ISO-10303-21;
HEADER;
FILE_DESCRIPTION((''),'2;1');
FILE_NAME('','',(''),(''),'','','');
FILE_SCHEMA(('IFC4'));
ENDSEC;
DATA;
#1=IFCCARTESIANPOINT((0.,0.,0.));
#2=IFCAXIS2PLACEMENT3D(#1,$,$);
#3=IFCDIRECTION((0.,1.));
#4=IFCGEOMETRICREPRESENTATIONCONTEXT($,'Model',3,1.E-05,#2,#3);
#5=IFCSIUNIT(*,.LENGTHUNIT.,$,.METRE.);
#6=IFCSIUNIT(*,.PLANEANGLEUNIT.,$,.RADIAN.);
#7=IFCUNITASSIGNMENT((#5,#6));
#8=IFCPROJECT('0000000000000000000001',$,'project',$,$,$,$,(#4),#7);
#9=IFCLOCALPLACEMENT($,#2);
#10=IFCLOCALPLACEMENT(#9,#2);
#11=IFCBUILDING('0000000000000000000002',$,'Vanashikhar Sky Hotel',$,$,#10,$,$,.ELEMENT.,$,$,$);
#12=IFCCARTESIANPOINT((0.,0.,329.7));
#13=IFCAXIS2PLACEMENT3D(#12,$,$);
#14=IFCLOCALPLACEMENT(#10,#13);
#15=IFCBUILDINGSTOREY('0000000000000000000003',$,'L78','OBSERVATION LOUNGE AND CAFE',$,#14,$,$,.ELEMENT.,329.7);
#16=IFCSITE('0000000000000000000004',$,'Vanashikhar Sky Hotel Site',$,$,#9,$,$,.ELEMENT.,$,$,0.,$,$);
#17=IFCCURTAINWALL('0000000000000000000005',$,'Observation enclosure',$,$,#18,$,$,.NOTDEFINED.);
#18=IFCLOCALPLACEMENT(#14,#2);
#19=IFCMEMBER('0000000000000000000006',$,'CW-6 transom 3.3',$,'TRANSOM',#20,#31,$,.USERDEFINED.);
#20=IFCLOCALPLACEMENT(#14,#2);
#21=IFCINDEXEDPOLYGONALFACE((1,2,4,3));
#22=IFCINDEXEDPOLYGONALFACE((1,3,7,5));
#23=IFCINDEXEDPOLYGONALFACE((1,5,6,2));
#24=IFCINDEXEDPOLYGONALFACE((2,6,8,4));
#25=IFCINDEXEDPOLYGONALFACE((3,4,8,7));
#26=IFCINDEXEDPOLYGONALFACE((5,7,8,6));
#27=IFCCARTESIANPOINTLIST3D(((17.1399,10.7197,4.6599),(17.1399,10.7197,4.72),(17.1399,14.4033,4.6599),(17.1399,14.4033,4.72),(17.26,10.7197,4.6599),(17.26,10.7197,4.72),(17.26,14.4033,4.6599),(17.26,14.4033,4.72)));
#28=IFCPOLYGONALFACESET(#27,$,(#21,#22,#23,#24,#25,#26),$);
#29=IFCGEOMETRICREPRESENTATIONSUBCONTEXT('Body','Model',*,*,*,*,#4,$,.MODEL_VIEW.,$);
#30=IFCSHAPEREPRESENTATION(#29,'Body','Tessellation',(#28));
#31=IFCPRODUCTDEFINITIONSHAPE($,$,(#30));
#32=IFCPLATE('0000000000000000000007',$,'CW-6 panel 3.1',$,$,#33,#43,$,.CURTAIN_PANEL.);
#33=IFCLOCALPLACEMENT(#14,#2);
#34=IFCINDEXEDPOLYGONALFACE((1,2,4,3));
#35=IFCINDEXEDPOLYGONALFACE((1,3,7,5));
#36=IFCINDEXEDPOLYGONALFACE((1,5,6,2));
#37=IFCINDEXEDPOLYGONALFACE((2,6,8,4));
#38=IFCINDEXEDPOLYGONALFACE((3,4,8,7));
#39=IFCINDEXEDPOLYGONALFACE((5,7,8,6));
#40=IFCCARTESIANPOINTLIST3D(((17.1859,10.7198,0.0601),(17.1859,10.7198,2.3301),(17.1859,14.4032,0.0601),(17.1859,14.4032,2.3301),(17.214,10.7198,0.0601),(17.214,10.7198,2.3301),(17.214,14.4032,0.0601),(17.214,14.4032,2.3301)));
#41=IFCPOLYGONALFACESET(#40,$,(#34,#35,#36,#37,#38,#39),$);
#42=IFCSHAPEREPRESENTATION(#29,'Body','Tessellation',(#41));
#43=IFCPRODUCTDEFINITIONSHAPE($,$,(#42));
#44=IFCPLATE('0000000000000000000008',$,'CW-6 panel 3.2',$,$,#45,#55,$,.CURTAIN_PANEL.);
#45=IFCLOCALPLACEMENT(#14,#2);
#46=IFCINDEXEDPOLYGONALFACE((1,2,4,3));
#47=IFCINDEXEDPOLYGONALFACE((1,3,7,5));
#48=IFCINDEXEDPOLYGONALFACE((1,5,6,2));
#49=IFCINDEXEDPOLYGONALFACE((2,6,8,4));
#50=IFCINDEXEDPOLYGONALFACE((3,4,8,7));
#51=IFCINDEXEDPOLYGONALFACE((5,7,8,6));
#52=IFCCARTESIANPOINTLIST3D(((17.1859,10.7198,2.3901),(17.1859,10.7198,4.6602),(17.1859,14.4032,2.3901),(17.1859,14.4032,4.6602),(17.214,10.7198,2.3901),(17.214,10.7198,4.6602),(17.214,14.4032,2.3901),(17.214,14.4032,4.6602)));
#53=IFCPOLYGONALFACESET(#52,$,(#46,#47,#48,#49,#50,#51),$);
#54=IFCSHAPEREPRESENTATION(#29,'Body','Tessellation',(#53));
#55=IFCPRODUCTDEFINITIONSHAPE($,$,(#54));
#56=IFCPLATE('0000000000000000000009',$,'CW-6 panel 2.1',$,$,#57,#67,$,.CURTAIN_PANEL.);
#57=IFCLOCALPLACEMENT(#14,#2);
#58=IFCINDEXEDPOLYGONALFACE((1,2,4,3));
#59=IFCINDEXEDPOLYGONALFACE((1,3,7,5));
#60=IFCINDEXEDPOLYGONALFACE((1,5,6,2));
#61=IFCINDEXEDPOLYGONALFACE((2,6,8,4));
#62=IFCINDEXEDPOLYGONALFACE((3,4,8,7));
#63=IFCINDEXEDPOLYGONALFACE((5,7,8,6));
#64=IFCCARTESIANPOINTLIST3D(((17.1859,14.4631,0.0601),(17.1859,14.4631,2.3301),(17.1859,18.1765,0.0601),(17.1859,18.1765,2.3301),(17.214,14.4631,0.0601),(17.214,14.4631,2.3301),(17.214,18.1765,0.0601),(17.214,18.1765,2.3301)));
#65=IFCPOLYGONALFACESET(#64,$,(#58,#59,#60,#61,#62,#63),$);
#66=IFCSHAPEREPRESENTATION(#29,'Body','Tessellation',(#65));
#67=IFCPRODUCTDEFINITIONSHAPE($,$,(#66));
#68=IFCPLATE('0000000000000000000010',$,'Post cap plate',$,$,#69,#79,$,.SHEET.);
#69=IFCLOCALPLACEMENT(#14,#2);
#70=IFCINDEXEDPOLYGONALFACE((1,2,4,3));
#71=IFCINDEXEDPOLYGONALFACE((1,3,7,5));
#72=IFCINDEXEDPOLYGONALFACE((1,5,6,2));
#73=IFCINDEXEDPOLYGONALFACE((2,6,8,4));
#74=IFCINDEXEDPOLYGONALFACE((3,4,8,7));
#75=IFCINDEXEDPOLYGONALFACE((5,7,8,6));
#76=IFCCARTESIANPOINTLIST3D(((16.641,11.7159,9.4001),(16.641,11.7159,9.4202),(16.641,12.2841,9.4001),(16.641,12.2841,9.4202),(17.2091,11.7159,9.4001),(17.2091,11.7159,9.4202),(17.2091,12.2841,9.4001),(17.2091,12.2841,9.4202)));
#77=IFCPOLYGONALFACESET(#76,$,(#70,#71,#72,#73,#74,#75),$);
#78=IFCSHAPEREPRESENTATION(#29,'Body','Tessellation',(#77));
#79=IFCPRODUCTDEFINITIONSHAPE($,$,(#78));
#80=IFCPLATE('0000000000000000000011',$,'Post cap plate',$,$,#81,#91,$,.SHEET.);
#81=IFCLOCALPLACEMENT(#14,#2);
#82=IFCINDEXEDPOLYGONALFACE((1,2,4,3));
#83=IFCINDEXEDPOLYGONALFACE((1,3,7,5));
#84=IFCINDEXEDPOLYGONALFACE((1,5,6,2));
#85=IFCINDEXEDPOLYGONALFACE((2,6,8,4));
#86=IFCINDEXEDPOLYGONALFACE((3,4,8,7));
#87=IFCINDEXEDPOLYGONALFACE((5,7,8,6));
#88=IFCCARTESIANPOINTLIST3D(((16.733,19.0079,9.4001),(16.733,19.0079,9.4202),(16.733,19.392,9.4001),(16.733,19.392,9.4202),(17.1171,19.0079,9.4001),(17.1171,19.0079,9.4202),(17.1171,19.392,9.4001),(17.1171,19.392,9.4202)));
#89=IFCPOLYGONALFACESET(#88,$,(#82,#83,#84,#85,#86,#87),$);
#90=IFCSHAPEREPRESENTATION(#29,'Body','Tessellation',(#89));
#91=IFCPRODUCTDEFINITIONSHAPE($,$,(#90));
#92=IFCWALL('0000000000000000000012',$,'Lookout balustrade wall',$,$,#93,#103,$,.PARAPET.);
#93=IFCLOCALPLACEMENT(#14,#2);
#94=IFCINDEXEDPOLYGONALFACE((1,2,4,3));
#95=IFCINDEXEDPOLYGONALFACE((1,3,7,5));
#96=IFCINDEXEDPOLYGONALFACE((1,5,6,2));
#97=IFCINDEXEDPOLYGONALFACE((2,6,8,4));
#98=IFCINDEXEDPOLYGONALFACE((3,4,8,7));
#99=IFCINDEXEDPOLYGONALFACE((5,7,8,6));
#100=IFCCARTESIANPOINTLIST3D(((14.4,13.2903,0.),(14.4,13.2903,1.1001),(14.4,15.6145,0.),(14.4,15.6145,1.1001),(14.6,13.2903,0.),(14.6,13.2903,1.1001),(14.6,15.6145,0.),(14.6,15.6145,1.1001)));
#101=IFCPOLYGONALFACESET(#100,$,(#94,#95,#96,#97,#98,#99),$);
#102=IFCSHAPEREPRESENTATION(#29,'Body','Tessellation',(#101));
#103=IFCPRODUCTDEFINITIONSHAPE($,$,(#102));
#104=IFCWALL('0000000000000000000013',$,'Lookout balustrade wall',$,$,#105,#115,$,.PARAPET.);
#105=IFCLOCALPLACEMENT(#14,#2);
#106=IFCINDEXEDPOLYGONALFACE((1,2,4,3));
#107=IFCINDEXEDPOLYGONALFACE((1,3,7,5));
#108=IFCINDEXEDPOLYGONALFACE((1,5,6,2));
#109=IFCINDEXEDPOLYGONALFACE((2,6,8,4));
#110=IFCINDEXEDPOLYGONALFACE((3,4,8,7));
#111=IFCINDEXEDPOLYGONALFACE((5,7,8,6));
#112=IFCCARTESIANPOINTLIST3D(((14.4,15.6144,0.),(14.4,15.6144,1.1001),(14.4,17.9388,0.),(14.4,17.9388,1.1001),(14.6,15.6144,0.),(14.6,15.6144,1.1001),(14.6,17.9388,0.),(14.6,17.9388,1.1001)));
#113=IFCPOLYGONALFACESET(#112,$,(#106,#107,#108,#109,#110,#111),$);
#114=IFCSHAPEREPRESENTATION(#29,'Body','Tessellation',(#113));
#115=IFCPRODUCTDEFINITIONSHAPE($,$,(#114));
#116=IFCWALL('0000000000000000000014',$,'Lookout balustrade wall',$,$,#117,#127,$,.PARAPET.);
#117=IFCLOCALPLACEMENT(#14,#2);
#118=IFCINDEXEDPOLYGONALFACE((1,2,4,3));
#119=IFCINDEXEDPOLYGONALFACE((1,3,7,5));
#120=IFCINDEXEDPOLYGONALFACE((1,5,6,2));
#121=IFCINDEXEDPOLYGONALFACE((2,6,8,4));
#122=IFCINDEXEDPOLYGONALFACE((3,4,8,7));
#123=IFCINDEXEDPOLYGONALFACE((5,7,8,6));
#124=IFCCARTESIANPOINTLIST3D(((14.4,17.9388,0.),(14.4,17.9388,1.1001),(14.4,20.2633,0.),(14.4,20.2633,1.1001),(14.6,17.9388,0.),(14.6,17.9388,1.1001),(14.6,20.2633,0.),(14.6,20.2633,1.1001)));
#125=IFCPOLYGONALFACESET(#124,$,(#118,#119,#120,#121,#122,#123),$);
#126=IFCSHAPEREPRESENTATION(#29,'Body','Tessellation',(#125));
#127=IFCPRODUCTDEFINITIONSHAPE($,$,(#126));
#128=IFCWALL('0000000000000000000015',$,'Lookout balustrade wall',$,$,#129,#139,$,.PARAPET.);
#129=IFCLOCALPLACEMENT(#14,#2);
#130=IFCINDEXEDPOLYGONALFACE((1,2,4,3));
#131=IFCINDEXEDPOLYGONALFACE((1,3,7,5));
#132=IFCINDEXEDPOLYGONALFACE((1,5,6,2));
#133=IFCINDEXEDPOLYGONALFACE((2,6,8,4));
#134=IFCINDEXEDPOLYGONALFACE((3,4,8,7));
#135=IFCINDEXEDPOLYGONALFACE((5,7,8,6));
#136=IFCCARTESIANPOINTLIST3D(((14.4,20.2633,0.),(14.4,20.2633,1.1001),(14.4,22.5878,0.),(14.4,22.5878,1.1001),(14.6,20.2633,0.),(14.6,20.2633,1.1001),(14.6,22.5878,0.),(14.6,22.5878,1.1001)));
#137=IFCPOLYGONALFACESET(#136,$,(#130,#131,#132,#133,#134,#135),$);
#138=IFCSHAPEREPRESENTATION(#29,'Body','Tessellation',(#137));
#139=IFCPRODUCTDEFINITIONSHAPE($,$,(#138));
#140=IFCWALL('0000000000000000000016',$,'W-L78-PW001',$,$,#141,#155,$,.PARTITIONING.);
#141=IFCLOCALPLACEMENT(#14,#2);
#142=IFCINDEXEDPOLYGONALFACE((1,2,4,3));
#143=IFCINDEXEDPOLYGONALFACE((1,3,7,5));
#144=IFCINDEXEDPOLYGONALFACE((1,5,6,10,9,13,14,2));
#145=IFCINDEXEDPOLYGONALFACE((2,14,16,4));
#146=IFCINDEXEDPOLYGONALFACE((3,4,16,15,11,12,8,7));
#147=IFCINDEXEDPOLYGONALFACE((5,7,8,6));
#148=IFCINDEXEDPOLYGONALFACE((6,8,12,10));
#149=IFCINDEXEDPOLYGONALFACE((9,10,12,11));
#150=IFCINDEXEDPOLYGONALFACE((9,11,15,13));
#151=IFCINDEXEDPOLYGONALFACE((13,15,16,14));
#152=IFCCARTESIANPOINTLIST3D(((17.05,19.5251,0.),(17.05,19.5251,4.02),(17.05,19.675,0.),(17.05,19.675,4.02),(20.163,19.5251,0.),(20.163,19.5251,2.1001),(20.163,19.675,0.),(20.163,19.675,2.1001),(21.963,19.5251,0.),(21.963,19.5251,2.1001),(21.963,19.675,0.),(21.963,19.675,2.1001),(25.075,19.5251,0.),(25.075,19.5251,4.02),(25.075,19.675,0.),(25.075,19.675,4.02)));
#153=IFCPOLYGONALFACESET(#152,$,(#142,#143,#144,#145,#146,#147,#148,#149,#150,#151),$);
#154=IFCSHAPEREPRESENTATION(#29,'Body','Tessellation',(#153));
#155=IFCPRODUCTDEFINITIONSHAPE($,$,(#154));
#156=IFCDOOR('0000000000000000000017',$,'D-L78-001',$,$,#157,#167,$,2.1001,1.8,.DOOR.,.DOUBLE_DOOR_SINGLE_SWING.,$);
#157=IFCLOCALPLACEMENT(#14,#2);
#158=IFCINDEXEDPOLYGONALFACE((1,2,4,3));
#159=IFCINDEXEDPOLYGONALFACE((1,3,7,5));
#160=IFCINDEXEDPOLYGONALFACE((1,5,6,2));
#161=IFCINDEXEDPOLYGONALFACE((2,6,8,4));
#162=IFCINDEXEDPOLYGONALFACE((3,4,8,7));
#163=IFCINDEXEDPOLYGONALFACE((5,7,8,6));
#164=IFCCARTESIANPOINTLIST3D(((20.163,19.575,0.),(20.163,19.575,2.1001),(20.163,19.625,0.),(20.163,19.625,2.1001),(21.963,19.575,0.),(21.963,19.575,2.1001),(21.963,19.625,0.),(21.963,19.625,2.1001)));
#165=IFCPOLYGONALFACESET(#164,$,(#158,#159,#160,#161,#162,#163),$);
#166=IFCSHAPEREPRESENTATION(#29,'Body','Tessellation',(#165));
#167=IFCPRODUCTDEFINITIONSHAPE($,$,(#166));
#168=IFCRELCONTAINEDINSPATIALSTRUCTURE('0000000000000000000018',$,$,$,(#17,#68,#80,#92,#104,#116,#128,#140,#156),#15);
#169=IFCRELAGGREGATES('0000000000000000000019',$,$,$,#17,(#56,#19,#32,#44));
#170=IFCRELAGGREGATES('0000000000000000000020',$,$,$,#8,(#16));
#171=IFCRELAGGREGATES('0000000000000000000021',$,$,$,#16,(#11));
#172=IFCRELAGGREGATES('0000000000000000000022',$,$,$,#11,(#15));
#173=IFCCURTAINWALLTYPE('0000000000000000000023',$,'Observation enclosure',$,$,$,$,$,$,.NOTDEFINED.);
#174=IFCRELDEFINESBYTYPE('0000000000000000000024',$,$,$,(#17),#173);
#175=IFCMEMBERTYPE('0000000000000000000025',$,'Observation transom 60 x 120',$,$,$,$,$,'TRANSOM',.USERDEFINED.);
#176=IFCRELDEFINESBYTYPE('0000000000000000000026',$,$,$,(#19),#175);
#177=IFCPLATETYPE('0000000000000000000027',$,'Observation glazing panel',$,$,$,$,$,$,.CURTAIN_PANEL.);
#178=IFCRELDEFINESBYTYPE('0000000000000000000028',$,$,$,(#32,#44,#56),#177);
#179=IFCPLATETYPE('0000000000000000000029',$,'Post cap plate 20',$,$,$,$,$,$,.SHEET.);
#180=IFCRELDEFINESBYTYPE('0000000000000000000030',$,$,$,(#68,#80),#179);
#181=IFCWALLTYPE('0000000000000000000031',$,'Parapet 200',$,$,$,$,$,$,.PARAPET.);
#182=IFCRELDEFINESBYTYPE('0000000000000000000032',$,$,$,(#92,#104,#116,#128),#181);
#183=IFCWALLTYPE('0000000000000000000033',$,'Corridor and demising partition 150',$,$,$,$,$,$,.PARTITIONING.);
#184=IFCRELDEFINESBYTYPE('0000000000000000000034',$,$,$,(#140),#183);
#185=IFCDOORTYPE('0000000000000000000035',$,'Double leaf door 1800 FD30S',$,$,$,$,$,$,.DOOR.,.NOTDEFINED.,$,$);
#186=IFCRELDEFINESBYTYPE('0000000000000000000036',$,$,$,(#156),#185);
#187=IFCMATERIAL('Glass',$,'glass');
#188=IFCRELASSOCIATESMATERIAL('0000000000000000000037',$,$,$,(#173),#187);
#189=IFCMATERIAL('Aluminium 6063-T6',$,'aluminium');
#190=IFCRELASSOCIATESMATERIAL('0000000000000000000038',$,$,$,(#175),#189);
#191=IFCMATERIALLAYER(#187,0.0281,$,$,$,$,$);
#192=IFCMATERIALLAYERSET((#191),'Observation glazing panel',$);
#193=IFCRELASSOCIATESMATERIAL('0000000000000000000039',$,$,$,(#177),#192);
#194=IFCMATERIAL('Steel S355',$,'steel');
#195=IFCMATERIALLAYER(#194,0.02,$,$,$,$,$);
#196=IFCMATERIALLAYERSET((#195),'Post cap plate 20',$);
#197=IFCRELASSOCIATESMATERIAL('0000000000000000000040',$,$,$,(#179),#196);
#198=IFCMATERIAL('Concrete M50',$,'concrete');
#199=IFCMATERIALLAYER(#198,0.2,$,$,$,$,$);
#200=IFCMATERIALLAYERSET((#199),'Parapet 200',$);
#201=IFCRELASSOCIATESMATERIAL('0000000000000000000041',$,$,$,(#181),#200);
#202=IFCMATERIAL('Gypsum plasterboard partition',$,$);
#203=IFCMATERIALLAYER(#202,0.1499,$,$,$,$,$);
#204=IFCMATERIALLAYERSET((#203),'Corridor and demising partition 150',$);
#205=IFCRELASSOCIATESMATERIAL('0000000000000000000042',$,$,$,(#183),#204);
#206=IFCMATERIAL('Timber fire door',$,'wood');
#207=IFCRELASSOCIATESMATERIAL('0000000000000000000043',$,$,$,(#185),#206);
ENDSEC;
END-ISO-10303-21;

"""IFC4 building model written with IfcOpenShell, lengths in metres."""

from ifc_helpers import new_model, si_unit, direction, frame, frame_2d, origin, origin_2d, place, context, subcontext, project, spatial, rectangle, extrude, source, transform, mapped, material, layer, layer_set, material_profile, profile_set, type_object, element, fill, aggregate, save


model = new_model("IFC4")

# Units and contexts
model_context = context("Model", 3, precision=1e-05, world=origin(), true_north=direction((0.0, 1.0)))
body_context = subcontext(model_context, "Body", "Model", "MODEL_VIEW")
ifc_project = project(units=[si_unit("LENGTHUNIT", "METRE"), si_unit("PLANEANGLEUNIT", "RADIAN")], contexts=[model_context])

# Site, building, storey
site_placement = place(None, origin())
site = spatial("IfcSite", under=ifc_project, at=site_placement, Name="Vanashikhar Sky Hotel Site", CompositionType="ELEMENT", RefElevation=0.0)
building_placement = place(site_placement, origin())
building = spatial("IfcBuilding", under=site, at=building_placement, Name="Vanashikhar Sky Hotel", CompositionType="ELEMENT")
storey_placement = place(building_placement, frame((0.0, 0.0, 329.7)))
storey = spatial("IfcBuildingStorey", under=building, at=storey_placement, Name="L78", Description="OBSERVATION LOUNGE AND CAFE", CompositionType="ELEMENT", Elevation=329.7)

# Shared definitions
ifc_material_1 = material(Name="Steel S355", Category="steel")

# Shared definitions
ifc_material_2 = material(Name="Concrete M50", Category="concrete")

# Curtain wall, member, plates
ifc_material_3 = material(Name="Glass", Category="glass")
curtain_wall_type = type_object("IfcCurtainWallType", Name="Observation enclosure", PredefinedType="NOTDEFINED", material=ifc_material_3)
curtain_wall_placement = place(storey_placement, origin())
curtain_wall = element("IfcCurtainWall", 1, at=curtain_wall_placement, inside=storey, type_object=curtain_wall_type, Name="Observation enclosure", PredefinedType="NOTDEFINED")
ifc_material_4 = material(Name="Aluminium 6063-T6", Category="aluminium")
ifc_material_profile_1 = material_profile(ifc_material_4, rectangle(XDim=0.1201, YDim=0.0601, at=origin_2d()))
ifc_profile_set_1 = profile_set([ifc_material_profile_1], Name="Aluminium 6063-T6")
member_type_1 = type_object("IfcMemberType", Name="Observation transom 60 x 120", ElementType="TRANSOM", PredefinedType="USERDEFINED", material=ifc_profile_set_1)
shared_shape_1 = source(origin(), body_context, "Body", "SweptSolid", [
    extrude(rectangle(XDim=0.1201, YDim=0.0601, at=origin_2d()), origin(), (0.0, 0.0, 1.0), 3.6836),
])
member_1_placement = place(storey_placement, frame((17.2, 14.4033, 4.6899), z_axis=(0.0, -1.0, 0.0), x_axis=(1.0, 0.0, 0.0)))
member_1 = element("IfcMember", 2, at=member_1_placement, type_object=member_type_1, Name="CW-6 transom 3.3", ObjectType="TRANSOM", PredefinedType="USERDEFINED", context=body_context, shape_type="MappedRepresentation", body=[
    mapped(shared_shape_1, transform((0.0, 0.0, 0.0), scale=1.0)),
])
ifc_layer_1 = layer(ifc_material_3, 0.0281)
ifc_layer_set_1 = layer_set([ifc_layer_1], Name="Observation glazing panel")
plate_type_1 = type_object("IfcPlateType", Name="Observation glazing panel", PredefinedType="CURTAIN_PANEL", material=ifc_layer_set_1)
shared_shape_2 = source(origin(), body_context, "Body", "SweptSolid", [
    extrude(rectangle(XDim=3.6833, YDim=0.0281, at=origin_2d()), origin(), (0.0, 0.0, 1.0), 2.27),
])
plate_1_placement = place(storey_placement, frame((17.2, 12.5615, 0.0601), z_axis=(0.0, 0.0, 1.0), x_axis=(0.0, -1.0, 0.0)))
plate_1 = element("IfcPlate", 3, at=plate_1_placement, type_object=plate_type_1, Name="CW-6 panel 3.1", PredefinedType="CURTAIN_PANEL", context=body_context, shape_type="MappedRepresentation", body=[
    mapped(shared_shape_2, transform((0.0, 0.0, 0.0), scale=1.0)),
])
plate_2_placement = place(storey_placement, frame((17.2, 12.5615, 2.3901), z_axis=(0.0, 0.0, 1.0), x_axis=(0.0, -1.0, 0.0)))
plate_2 = element("IfcPlate", 4, at=plate_2_placement, type_object=plate_type_1, Name="CW-6 panel 3.2", PredefinedType="CURTAIN_PANEL", context=body_context, shape_type="MappedRepresentation", body=[
    mapped(shared_shape_2, transform((0.0, 0.0, 0.0), scale=1.0)),
])
shared_shape_3 = source(origin(), body_context, "Body", "SweptSolid", [
    extrude(rectangle(XDim=3.7134, YDim=0.0281, at=origin_2d()), origin(), (0.0, 0.0, 1.0), 2.27),
])
plate_3_placement = place(storey_placement, frame((17.2, 16.3198, 0.0601), z_axis=(0.0, 0.0, 1.0), x_axis=(0.0, -1.0, 0.0)))
plate_3 = element("IfcPlate", 5, at=plate_3_placement, type_object=plate_type_1, Name="CW-6 panel 2.1", PredefinedType="CURTAIN_PANEL", context=body_context, shape_type="MappedRepresentation", body=[
    mapped(shared_shape_3, transform((0.0, 0.0, 0.0), scale=1.0)),
])
aggregate(curtain_wall, [plate_3, member_1, plate_1, plate_2])

# Plates
ifc_layer_2 = layer(ifc_material_1, 0.02)
ifc_layer_set_2 = layer_set([ifc_layer_2], Name="Post cap plate 20")
plate_type_2 = type_object("IfcPlateType", Name="Post cap plate 20", PredefinedType="SHEET", material=ifc_layer_set_2)
shared_shape_4 = source(origin(), body_context, "Body", "SweptSolid", [
    extrude(rectangle(XDim=0.5681, YDim=0.5681, at=origin_2d()), origin(), (0.0, 0.0, 1.0), 0.02),
])
plate_4_placement = place(storey_placement, frame((16.925, 12.0, 9.4001), z_axis=(0.0, 0.0, 1.0), x_axis=(1.0, 0.0, 0.0)))
element("IfcPlate", 6, at=plate_4_placement, inside=storey, type_object=plate_type_2, Name="Post cap plate", PredefinedType="SHEET", context=body_context, shape_type="MappedRepresentation", body=[
    mapped(shared_shape_4, transform((0.0, 0.0, 0.0), scale=1.0)),
])
shared_shape_5 = source(origin(), body_context, "Body", "SweptSolid", [
    extrude(rectangle(XDim=0.384, YDim=0.384, at=origin_2d()), origin(), (0.0, 0.0, 1.0), 0.02),
])
plate_5_placement = place(storey_placement, frame((16.925, 19.2, 9.4001), z_axis=(0.0, 0.0, 1.0), x_axis=(1.0, 0.0, 0.0)))
element("IfcPlate", 7, at=plate_5_placement, inside=storey, type_object=plate_type_2, Name="Post cap plate", PredefinedType="SHEET", context=body_context, shape_type="MappedRepresentation", body=[
    mapped(shared_shape_5, transform((0.0, 0.0, 0.0), scale=1.0)),
])

# Walls
ifc_layer_3 = layer(ifc_material_2, 0.2)
ifc_layer_set_3 = layer_set([ifc_layer_3], Name="Parapet 200")
wall_type_1 = type_object("IfcWallType", Name="Parapet 200", PredefinedType="PARAPET", material=ifc_layer_set_3)
shared_shape_6 = source(origin(), body_context, "Body", "SweptSolid", [
    extrude(rectangle(XDim=2.3242, YDim=0.2, at=frame_2d((1.1621, 0.0))), origin(), (0.0, 0.0, 1.0), 1.1001),
])
wall_1_placement = place(storey_placement, frame((14.5, 13.2903, 0.0), z_axis=(0.0, 0.0, 1.0), x_axis=(0.0, 1.0, 0.0)))
element("IfcWall", 8, at=wall_1_placement, inside=storey, type_object=wall_type_1, Name="Lookout balustrade wall", PredefinedType="PARAPET", context=body_context, shape_type="MappedRepresentation", body=[
    mapped(shared_shape_6, transform((0.0, 0.0, 0.0), scale=1.0)),
])
shared_shape_7 = source(origin(), body_context, "Body", "SweptSolid", [
    extrude(rectangle(XDim=2.3245, YDim=0.2, at=frame_2d((1.1621, 0.0))), origin(), (0.0, 0.0, 1.0), 1.1001),
])
for number, where, z_axis, x_axis, name in (
    (9, (14.5, 15.6145, 0.0), (0.0, 0.0, 1.0), (0.0, 1.0, 0.0), "Lookout balustrade wall"),
    (10, (14.5, 17.939, 0.0), (0.0, 0.0, 1.0), (0.0, 1.0, 0.0), "Lookout balustrade wall"),
    (11, (14.5, 20.2634, 0.0), (0.0, 0.0, 1.0), (0.0, 1.0, 0.0), "Lookout balustrade wall"),
):
    element("IfcWall", number, at=place(storey_placement, frame(where, z_axis=z_axis, x_axis=x_axis)), inside=storey, type_object=wall_type_1, Name=name, PredefinedType="PARAPET", context=body_context, shape_type="MappedRepresentation", body=[
        mapped(shared_shape_7, transform((0.0, 0.0, 0.0), scale=1.0)),
    ])

# Wall, opening, door
ifc_material_5 = material(Name="Gypsum plasterboard partition")
ifc_layer_4 = layer(ifc_material_5, 0.1499)
ifc_layer_set_4 = layer_set([ifc_layer_4], Name="Corridor and demising partition 150")
wall_type_2 = type_object("IfcWallType", Name="Corridor and demising partition 150", PredefinedType="PARTITIONING", material=ifc_layer_set_4)
shared_shape_8 = source(origin(), body_context, "Body", "SweptSolid", [
    extrude(rectangle(XDim=8.0249, YDim=0.1499, at=frame_2d((4.0125, 0.0))), origin(), (0.0, 0.0, 1.0), 4.02),
])
wall_2_placement = place(storey_placement, frame((17.05, 19.6001, 0.0), z_axis=(0.0, 0.0, 1.0), x_axis=(1.0, 0.0, 0.0)))
wall_2 = element("IfcWall", 12, at=wall_2_placement, inside=storey, type_object=wall_type_2, Name="W-L78-PW001", PredefinedType="PARTITIONING", context=body_context, shape_type="MappedRepresentation", body=[
    mapped(shared_shape_8, transform((0.0, 0.0, 0.0), scale=1.0)),
])
shared_shape_9 = source(origin(), body_context, "Body", "SweptSolid", [
    extrude(rectangle(XDim=1.8, YDim=2.1001, at=frame_2d((0.8999, 1.05))), frame((0.0, 0.085, 0.0), z_axis=(0.0, -1.0, 0.0), x_axis=(1.0, 0.0, 0.0)), (0.0, 0.0, 1.0), 0.1699),
])
opening_1_placement = place(wall_2_placement, frame((3.113, 0.0, 0.0)))
opening_1 = element("IfcOpeningElement", 13, at=opening_1_placement, cuts=wall_2, PredefinedType="OPENING", context=body_context, shape_type="MappedRepresentation", body=[
    mapped(shared_shape_9, transform((0.0, 0.0, 0.0), scale=1.0)),
])
ifc_material_6 = material(Name="Timber fire door", Category="wood")
door_type_1 = type_object("IfcDoorType", Name="Double leaf door 1800 FD30S", OperationType="NOTDEFINED", PredefinedType="DOOR", material=ifc_material_6)
shared_shape_10 = source(origin(), body_context, "Body", "SweptSolid", [
    extrude(rectangle(XDim=1.8, YDim=2.1001, at=frame_2d((0.8999, 1.05))), frame((0.0, 0.0249, 0.0), z_axis=(0.0, -1.0, 0.0), x_axis=(1.0, 0.0, 0.0)), (0.0, 0.0, 1.0), 0.05),
])
door_1_placement = place(opening_1_placement, origin())
door_1 = element("IfcDoor", 14, at=door_1_placement, inside=storey, type_object=door_type_1, Name="D-L78-001", OperationType="DOUBLE_DOOR_SINGLE_SWING", OverallHeight=2.1001, OverallWidth=1.8, PredefinedType="DOOR", context=body_context, shape_type="MappedRepresentation", body=[
    mapped(shared_shape_10, transform((0.0, 0.0, 0.0), scale=1.0)),
])
fill(opening_1, door_1)

save(model, "model.ifc")
